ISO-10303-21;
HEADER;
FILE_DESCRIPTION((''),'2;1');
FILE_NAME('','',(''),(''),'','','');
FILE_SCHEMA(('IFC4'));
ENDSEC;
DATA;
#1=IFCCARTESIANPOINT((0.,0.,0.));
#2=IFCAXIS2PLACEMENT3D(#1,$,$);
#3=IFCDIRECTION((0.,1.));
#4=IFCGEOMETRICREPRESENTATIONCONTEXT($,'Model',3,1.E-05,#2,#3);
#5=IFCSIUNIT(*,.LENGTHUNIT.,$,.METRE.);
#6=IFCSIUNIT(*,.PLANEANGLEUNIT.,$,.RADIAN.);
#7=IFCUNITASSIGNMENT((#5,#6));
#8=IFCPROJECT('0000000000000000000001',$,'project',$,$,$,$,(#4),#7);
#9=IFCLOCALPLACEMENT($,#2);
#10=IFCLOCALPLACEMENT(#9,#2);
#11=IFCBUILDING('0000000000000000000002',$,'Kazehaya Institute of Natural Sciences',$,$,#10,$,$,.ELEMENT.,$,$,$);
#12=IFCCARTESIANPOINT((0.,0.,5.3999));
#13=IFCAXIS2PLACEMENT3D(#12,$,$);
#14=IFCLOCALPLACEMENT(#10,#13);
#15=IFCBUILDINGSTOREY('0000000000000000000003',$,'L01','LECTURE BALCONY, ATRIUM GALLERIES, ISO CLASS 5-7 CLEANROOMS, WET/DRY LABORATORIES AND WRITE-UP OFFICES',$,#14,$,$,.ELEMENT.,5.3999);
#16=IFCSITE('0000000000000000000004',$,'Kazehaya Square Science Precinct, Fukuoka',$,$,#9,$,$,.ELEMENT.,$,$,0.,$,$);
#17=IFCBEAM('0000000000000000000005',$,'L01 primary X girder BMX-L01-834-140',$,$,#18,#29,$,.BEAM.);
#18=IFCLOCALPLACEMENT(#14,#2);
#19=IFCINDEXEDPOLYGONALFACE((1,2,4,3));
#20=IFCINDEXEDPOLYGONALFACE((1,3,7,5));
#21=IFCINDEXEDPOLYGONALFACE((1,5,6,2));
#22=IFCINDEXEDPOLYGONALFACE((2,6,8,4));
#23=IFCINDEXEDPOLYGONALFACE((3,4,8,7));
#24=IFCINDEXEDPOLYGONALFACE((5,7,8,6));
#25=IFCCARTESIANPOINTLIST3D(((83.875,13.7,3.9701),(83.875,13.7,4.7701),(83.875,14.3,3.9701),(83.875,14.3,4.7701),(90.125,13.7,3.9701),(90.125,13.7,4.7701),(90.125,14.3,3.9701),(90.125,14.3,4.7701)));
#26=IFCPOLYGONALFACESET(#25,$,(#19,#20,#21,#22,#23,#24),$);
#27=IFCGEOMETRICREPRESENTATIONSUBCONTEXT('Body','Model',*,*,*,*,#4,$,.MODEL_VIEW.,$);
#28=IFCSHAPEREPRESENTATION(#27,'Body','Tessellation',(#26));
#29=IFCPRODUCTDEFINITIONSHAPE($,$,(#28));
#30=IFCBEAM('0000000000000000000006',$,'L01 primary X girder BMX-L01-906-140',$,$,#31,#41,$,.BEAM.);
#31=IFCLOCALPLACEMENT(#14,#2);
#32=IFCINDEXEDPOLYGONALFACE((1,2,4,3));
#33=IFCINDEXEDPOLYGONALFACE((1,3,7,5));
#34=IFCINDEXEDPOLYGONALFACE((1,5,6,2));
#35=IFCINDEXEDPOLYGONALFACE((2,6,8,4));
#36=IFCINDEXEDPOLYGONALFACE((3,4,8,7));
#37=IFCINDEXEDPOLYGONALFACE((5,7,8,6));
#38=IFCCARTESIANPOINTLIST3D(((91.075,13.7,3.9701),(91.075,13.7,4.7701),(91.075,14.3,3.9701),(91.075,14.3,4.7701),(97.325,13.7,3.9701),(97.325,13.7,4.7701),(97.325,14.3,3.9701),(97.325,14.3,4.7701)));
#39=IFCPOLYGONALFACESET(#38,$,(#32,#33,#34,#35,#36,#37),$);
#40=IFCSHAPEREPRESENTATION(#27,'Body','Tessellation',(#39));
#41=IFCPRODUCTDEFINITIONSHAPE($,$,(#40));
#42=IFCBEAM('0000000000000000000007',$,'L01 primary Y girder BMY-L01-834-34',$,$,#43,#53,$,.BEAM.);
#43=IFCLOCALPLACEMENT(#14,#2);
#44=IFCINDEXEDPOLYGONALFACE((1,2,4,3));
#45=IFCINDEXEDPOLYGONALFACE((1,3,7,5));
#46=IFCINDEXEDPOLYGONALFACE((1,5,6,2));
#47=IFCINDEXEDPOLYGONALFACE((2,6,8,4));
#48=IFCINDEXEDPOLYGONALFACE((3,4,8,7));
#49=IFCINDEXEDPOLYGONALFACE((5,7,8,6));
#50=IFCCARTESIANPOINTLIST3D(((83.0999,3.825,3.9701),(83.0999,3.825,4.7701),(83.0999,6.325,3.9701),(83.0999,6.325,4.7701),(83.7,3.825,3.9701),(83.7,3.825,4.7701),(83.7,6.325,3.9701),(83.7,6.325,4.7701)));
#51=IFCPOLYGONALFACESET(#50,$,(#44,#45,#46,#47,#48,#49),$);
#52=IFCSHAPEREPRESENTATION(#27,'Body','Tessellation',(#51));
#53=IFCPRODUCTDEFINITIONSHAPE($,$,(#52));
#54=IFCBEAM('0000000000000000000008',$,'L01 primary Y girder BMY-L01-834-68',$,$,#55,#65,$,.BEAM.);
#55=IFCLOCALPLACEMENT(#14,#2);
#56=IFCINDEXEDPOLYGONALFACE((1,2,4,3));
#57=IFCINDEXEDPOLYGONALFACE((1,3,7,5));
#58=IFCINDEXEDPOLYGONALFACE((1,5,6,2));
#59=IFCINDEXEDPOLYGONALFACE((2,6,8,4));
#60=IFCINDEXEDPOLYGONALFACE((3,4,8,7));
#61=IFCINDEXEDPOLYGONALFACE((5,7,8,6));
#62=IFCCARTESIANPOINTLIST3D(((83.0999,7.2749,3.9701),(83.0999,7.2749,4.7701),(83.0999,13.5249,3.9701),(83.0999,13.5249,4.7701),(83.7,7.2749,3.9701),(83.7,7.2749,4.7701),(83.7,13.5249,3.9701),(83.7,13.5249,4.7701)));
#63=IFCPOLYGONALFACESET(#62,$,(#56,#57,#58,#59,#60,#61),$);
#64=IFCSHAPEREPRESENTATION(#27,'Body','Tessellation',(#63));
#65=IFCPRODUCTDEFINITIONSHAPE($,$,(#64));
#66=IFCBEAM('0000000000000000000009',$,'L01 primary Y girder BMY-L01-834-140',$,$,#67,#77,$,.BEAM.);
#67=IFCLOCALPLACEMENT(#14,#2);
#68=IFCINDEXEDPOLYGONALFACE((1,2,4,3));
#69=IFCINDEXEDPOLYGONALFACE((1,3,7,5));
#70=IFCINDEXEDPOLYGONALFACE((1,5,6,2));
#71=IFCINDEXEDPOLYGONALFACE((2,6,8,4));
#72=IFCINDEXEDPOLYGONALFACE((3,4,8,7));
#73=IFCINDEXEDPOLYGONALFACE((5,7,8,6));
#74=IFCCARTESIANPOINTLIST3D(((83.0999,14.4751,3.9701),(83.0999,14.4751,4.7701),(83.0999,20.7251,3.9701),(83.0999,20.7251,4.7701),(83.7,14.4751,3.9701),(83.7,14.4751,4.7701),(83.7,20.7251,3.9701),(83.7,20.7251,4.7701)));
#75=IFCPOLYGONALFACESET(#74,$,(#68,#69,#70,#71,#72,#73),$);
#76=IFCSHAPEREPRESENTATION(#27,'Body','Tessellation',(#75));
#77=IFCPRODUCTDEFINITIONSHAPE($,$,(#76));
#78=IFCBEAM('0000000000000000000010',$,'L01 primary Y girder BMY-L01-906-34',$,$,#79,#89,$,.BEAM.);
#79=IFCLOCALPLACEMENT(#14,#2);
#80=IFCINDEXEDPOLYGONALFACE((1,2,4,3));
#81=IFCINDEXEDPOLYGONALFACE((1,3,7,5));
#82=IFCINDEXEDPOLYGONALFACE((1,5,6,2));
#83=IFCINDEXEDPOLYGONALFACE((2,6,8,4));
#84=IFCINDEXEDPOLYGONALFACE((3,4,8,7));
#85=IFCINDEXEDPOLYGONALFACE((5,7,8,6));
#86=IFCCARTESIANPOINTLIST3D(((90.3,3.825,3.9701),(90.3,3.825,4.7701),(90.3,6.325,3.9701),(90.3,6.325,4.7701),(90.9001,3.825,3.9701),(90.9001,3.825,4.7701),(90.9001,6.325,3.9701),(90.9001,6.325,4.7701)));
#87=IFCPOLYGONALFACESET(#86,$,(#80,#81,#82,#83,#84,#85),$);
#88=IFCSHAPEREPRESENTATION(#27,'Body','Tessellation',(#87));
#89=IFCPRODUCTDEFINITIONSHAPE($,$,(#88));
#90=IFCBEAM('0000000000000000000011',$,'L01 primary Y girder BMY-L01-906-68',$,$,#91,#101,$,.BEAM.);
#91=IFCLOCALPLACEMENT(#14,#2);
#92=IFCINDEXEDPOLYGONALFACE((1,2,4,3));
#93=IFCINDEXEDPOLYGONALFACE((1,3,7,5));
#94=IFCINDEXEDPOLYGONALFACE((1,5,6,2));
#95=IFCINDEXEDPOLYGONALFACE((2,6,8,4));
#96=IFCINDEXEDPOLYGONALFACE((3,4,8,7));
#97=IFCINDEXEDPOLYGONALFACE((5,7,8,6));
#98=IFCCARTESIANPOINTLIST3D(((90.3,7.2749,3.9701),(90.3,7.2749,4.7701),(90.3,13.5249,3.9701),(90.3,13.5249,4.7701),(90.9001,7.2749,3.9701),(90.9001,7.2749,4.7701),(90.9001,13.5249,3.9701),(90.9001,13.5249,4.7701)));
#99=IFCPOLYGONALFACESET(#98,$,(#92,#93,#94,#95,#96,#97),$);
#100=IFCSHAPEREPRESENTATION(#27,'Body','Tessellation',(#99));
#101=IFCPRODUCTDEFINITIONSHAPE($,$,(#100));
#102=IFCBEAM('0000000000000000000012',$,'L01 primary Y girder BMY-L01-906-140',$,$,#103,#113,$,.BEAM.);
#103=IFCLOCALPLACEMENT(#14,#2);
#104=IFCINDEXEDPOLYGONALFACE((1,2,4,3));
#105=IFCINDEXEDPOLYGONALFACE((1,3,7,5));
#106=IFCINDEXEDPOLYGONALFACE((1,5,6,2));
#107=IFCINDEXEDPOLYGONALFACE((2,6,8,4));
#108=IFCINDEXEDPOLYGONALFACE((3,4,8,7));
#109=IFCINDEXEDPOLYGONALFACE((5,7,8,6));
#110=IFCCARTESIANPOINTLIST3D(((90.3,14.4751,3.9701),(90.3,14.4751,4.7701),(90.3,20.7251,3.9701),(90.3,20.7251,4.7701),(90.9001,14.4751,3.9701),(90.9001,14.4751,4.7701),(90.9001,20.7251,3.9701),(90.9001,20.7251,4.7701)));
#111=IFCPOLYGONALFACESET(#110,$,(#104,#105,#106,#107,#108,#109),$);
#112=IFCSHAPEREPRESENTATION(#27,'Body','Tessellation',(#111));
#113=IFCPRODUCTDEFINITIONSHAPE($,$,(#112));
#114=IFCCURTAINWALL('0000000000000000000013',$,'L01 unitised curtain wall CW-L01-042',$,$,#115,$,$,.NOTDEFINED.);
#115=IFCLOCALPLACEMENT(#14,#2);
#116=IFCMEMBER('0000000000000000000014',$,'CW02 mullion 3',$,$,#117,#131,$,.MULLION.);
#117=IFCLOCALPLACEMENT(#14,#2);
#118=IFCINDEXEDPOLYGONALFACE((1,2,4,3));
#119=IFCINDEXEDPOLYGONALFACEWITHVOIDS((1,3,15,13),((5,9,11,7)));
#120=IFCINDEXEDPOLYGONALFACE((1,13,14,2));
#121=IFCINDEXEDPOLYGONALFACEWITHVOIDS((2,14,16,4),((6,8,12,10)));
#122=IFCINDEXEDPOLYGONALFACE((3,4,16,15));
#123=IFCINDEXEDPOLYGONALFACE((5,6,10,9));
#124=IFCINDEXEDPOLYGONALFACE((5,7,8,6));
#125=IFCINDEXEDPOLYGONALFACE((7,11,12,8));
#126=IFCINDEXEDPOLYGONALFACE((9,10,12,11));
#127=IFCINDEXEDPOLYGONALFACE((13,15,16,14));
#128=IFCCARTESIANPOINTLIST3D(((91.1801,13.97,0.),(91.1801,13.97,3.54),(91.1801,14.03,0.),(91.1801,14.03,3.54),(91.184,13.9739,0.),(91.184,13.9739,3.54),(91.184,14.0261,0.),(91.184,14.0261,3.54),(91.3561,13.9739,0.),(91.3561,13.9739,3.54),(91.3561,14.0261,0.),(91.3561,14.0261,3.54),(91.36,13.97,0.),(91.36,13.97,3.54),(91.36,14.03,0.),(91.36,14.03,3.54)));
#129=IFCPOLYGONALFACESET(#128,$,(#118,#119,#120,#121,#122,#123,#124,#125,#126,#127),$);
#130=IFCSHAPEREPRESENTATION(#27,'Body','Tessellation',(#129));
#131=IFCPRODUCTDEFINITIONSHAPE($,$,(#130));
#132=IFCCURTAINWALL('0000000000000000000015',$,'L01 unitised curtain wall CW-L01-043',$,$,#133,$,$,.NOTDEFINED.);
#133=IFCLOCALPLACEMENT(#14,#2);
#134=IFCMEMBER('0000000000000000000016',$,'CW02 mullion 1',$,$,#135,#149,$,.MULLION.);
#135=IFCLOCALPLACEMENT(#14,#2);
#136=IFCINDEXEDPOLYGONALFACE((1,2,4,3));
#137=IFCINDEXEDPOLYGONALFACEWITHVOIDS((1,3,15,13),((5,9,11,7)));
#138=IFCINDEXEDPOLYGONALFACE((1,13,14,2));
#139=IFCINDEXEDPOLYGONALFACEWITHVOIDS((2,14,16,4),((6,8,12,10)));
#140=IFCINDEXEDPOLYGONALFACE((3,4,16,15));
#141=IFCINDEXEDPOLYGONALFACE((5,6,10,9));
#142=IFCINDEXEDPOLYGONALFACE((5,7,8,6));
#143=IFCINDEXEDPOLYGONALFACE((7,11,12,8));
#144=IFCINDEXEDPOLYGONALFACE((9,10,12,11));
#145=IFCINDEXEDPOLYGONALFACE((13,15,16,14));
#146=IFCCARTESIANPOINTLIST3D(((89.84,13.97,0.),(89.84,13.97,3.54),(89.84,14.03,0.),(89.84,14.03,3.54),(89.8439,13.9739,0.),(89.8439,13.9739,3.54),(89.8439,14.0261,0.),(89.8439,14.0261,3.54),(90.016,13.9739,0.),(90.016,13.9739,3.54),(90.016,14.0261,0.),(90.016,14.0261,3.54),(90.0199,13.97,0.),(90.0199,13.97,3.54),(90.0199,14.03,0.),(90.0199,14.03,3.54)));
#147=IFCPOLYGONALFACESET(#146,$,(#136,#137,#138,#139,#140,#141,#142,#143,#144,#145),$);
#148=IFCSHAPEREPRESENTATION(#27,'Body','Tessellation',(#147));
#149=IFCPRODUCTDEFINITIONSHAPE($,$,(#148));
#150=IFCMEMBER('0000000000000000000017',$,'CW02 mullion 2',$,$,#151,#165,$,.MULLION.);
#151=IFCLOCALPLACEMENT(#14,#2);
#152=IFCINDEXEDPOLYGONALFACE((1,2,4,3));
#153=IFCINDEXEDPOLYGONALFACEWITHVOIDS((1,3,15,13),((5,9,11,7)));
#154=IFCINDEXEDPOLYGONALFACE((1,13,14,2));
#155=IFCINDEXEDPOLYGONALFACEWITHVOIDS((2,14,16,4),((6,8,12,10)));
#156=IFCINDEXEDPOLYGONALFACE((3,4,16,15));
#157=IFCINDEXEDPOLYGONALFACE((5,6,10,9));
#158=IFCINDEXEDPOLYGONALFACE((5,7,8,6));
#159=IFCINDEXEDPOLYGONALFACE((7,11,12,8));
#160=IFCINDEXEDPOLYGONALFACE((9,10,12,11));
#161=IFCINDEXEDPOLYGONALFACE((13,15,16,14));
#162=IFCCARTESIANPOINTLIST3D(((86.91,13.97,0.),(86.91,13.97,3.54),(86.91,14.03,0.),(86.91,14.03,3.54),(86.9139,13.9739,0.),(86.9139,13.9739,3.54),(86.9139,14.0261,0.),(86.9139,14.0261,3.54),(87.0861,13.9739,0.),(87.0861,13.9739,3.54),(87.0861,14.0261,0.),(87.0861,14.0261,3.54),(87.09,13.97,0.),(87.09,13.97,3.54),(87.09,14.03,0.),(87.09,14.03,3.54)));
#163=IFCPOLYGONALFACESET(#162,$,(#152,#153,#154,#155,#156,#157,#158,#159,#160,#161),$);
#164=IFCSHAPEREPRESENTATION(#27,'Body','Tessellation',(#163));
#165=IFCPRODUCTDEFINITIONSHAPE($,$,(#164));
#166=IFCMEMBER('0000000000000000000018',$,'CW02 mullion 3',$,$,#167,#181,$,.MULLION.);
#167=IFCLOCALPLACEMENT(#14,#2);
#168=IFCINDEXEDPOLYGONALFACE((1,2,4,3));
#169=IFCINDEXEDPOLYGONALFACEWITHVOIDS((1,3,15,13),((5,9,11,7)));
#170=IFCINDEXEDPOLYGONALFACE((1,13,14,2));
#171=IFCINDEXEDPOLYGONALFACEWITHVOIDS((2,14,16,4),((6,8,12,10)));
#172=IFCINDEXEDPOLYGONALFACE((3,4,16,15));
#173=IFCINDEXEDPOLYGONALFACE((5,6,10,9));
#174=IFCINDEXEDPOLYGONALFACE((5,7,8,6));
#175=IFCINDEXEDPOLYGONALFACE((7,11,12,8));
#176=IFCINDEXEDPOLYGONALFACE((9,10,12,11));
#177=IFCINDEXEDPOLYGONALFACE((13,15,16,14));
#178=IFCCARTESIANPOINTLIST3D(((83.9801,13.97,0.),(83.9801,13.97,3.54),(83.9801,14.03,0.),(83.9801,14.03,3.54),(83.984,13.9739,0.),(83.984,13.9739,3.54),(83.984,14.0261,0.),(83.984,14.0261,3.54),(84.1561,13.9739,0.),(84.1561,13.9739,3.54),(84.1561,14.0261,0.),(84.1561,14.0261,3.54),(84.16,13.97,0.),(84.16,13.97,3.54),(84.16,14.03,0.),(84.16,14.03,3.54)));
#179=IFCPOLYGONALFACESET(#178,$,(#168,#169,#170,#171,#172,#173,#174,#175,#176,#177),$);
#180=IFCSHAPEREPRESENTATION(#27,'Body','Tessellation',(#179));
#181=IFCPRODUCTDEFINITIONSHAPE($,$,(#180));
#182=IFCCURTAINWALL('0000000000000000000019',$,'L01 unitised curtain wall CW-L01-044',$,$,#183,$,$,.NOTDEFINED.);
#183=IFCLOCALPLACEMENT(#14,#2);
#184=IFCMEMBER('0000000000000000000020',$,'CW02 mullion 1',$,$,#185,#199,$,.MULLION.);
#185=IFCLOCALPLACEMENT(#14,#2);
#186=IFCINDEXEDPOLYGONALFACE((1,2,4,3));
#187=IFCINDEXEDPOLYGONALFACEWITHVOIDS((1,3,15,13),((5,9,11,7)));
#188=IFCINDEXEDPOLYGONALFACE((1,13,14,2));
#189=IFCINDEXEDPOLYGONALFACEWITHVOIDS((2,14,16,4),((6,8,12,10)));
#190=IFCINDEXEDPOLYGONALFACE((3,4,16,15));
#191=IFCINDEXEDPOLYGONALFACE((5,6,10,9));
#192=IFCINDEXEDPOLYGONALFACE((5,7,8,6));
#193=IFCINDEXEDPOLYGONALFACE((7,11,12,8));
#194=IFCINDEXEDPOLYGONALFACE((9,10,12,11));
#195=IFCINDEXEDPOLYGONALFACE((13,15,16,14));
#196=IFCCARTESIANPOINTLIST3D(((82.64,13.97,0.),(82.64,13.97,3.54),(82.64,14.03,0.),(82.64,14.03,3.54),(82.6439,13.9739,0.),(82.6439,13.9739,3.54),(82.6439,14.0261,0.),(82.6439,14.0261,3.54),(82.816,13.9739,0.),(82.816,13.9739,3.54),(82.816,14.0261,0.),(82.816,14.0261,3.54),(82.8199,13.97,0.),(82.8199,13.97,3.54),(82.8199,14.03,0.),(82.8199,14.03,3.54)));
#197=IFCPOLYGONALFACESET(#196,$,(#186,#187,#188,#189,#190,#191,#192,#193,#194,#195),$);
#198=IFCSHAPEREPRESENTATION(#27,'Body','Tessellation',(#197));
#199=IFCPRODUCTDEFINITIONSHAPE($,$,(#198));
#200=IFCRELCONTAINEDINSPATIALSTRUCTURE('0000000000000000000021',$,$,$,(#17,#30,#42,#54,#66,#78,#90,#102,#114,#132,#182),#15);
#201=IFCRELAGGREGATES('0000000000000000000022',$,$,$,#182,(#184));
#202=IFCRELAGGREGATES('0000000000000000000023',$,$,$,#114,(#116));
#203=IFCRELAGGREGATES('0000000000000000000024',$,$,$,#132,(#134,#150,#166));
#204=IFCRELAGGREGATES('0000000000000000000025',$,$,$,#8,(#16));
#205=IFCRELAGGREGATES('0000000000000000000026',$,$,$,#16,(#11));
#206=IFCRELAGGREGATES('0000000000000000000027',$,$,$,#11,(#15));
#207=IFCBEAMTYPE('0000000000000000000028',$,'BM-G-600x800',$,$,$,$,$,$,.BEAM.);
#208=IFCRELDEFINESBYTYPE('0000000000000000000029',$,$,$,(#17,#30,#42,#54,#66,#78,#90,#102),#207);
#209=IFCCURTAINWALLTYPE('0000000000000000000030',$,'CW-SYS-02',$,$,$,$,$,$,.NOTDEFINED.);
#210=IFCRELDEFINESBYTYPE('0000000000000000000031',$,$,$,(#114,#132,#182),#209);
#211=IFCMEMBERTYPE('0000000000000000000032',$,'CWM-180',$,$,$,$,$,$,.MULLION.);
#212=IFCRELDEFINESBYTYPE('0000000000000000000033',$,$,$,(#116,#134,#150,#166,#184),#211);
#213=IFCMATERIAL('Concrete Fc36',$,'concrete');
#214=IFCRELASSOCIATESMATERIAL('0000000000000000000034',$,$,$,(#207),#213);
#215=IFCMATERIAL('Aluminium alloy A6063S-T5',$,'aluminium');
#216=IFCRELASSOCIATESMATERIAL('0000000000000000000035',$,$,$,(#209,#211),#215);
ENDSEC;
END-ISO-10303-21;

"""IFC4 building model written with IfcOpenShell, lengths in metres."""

from ifc_helpers import new_model, si_unit, direction, frame, origin, origin_2d, place, context, subcontext, project, spatial, rectangle, hollow_rectangle, extrude, material, material_profile, profile_set, type_object, element, aggregate, save


model = new_model("IFC4")

# Units and contexts
model_context = context("Model", 3, precision=1e-05, world=origin(), true_north=direction((0.0, 1.0)))
body_context = subcontext(model_context, "Body", "Model", "MODEL_VIEW")
ifc_project = project(units=[si_unit("LENGTHUNIT", "METRE"), si_unit("PLANEANGLEUNIT", "RADIAN")], contexts=[model_context])

# Site, building, storey
site_placement = place(None, origin())
site = spatial("IfcSite", under=ifc_project, at=site_placement, Name="Kazehaya Square Science Precinct, Fukuoka", CompositionType="ELEMENT", RefElevation=0.0)
building_placement = place(site_placement, origin())
building = spatial("IfcBuilding", under=site, at=building_placement, Name="Kazehaya Institute of Natural Sciences", CompositionType="ELEMENT")
storey_placement = place(building_placement, frame((0.0, 0.0, 5.3999)))
storey = spatial("IfcBuildingStorey", under=building, at=storey_placement, Name="L01", Description="LECTURE BALCONY, ATRIUM GALLERIES, ISO CLASS 5-7 CLEANROOMS, WET/DRY LABORATORIES AND WRITE-UP OFFICES", CompositionType="ELEMENT", Elevation=5.3999)

# Shared definitions
ifc_material_1 = material(Name="Concrete Fc36", Category="concrete")

# Beams
ifc_material_profile_1 = material_profile(ifc_material_1, rectangle(XDim=0.6001, YDim=0.8, at=origin_2d()), Name="RC-600x800")
ifc_profile_set_1 = profile_set([ifc_material_profile_1], Name="Concrete Fc36")
beam_type = type_object("IfcBeamType", Name="BM-G-600x800", PredefinedType="BEAM", material=ifc_profile_set_1)
for number, where, z_axis, x_axis, name in (
    (1, (83.875, 14.0, 4.3701), (1.0, 0.0, 0.0), (0.0, 1.0, 0.0), "L01 primary X girder BMX-L01-834-140"),
    (2, (91.075, 14.0, 4.3701), (1.0, 0.0, 0.0), (0.0, 1.0, 0.0), "L01 primary X girder BMX-L01-906-140"),
):
    element("IfcBeam", number, at=place(storey_placement, frame(where, z_axis=z_axis, x_axis=x_axis)), inside=storey, type_object=beam_type, Name=name, PredefinedType="BEAM", context=body_context, shape_type="SweptSolid", body=[
        extrude(rectangle(XDim=0.6001, YDim=0.8, at=origin_2d()), origin(), (0.0, 0.0, 1.0), 6.25),
    ])
beam_1_placement = place(storey_placement, frame((83.3999, 3.825, 4.3701), z_axis=(0.0, 1.0, 0.0), x_axis=(-1.0, 0.0, 0.0)))
element("IfcBeam", 3, at=beam_1_placement, inside=storey, type_object=beam_type, Name="L01 primary Y girder BMY-L01-834-34", PredefinedType="BEAM", context=body_context, shape_type="SweptSolid", body=[
    extrude(rectangle(XDim=0.6001, YDim=0.8, at=origin_2d()), origin(), (0.0, 0.0, 1.0), 2.5),
])
for number, where, z_axis, x_axis, name in (
    (4, (83.3999, 7.2749, 4.3701), (0.0, 1.0, 0.0), (-1.0, 0.0, 0.0), "L01 primary Y girder BMY-L01-834-68"),
    (5, (83.3999, 14.4751, 4.3701), (0.0, 1.0, 0.0), (-1.0, 0.0, 0.0), "L01 primary Y girder BMY-L01-834-140"),
):
    element("IfcBeam", number, at=place(storey_placement, frame(where, z_axis=z_axis, x_axis=x_axis)), inside=storey, type_object=beam_type, Name=name, PredefinedType="BEAM", context=body_context, shape_type="SweptSolid", body=[
        extrude(rectangle(XDim=0.6001, YDim=0.8, at=origin_2d()), origin(), (0.0, 0.0, 1.0), 6.25),
    ])
beam_2_placement = place(storey_placement, frame((90.6001, 3.825, 4.3701), z_axis=(0.0, 1.0, 0.0), x_axis=(-1.0, 0.0, 0.0)))
element("IfcBeam", 6, at=beam_2_placement, inside=storey, type_object=beam_type, Name="L01 primary Y girder BMY-L01-906-34", PredefinedType="BEAM", context=body_context, shape_type="SweptSolid", body=[
    extrude(rectangle(XDim=0.6001, YDim=0.8, at=origin_2d()), origin(), (0.0, 0.0, 1.0), 2.5),
])
for number, where, z_axis, x_axis, name in (
    (7, (90.6001, 7.2749, 4.3701), (0.0, 1.0, 0.0), (-1.0, 0.0, 0.0), "L01 primary Y girder BMY-L01-906-68"),
    (8, (90.6001, 14.4751, 4.3701), (0.0, 1.0, 0.0), (-1.0, 0.0, 0.0), "L01 primary Y girder BMY-L01-906-140"),
):
    element("IfcBeam", number, at=place(storey_placement, frame(where, z_axis=z_axis, x_axis=x_axis)), inside=storey, type_object=beam_type, Name=name, PredefinedType="BEAM", context=body_context, shape_type="SweptSolid", body=[
        extrude(rectangle(XDim=0.6001, YDim=0.8, at=origin_2d()), origin(), (0.0, 0.0, 1.0), 6.25),
    ])

# Curtain wall, member
ifc_material_2 = material(Name="Aluminium alloy A6063S-T5", Category="aluminium")
curtain_wall_type = type_object("IfcCurtainWallType", Name="CW-SYS-02", PredefinedType="NOTDEFINED", material=ifc_material_2)
curtain_wall_1_placement = place(storey_placement, origin())
curtain_wall_1 = element("IfcCurtainWall", 9, at=curtain_wall_1_placement, inside=storey, type_object=curtain_wall_type, Name="L01 unitised curtain wall CW-L01-042", PredefinedType="NOTDEFINED")
ifc_material_profile_2 = material_profile(ifc_material_2, hollow_rectangle(XDim=0.0601, YDim=0.1799, WallThickness=0.0039, at=origin_2d()), Name="ALU-60x180x4")
ifc_profile_set_2 = profile_set([ifc_material_profile_2], Name="Aluminium alloy A6063S-T5")
member_type_1 = type_object("IfcMemberType", Name="CWM-180", PredefinedType="MULLION", material=ifc_profile_set_2)
member_1_placement = place(storey_placement, frame((91.27, 14.0, 0.0), z_axis=(0.0, 0.0, 1.0), x_axis=(0.0, -1.0, 0.0)))
member_1 = element("IfcMember", 10, at=member_1_placement, type_object=member_type_1, Name="CW02 mullion 3", PredefinedType="MULLION", context=body_context, shape_type="SweptSolid", body=[
    extrude(hollow_rectangle(XDim=0.0601, YDim=0.1799, WallThickness=0.0039, at=origin_2d()), origin(), (0.0, 0.0, 1.0), 3.54),
])

# Curtain wall, members
curtain_wall_2_placement = place(storey_placement, origin())
curtain_wall_2 = element("IfcCurtainWall", 11, at=curtain_wall_2_placement, inside=storey, type_object=curtain_wall_type, Name="L01 unitised curtain wall CW-L01-043", PredefinedType="NOTDEFINED")
member_2_placement = place(storey_placement, frame((89.9299, 14.0, 0.0), z_axis=(0.0, 0.0, 1.0), x_axis=(0.0, -1.0, 0.0)))
member_2 = element("IfcMember", 12, at=member_2_placement, type_object=member_type_1, Name="CW02 mullion 1", PredefinedType="MULLION", context=body_context, shape_type="SweptSolid", body=[
    extrude(hollow_rectangle(XDim=0.0601, YDim=0.1799, WallThickness=0.0039, at=origin_2d()), origin(), (0.0, 0.0, 1.0), 3.54),
])
member_3_placement = place(storey_placement, frame((87.0, 14.0, 0.0), z_axis=(0.0, 0.0, 1.0), x_axis=(0.0, -1.0, 0.0)))
member_3 = element("IfcMember", 13, at=member_3_placement, type_object=member_type_1, Name="CW02 mullion 2", PredefinedType="MULLION", context=body_context, shape_type="SweptSolid", body=[
    extrude(hollow_rectangle(XDim=0.0601, YDim=0.1799, WallThickness=0.0039, at=origin_2d()), origin(), (0.0, 0.0, 1.0), 3.54),
])
member_4_placement = place(storey_placement, frame((84.0701, 14.0, 0.0), z_axis=(0.0, 0.0, 1.0), x_axis=(0.0, -1.0, 0.0)))
member_4 = element("IfcMember", 14, at=member_4_placement, type_object=member_type_1, Name="CW02 mullion 3", PredefinedType="MULLION", context=body_context, shape_type="SweptSolid", body=[
    extrude(hollow_rectangle(XDim=0.0601, YDim=0.1799, WallThickness=0.0039, at=origin_2d()), origin(), (0.0, 0.0, 1.0), 3.54),
])

# Curtain wall, member
curtain_wall_3_placement = place(storey_placement, origin())
curtain_wall_3 = element("IfcCurtainWall", 15, at=curtain_wall_3_placement, inside=storey, type_object=curtain_wall_type, Name="L01 unitised curtain wall CW-L01-044", PredefinedType="NOTDEFINED")
member_5_placement = place(storey_placement, frame((82.73, 14.0, 0.0), z_axis=(0.0, 0.0, 1.0), x_axis=(0.0, -1.0, 0.0)))
member_5 = element("IfcMember", 16, at=member_5_placement, type_object=member_type_1, Name="CW02 mullion 1", PredefinedType="MULLION", context=body_context, shape_type="SweptSolid", body=[
    extrude(hollow_rectangle(XDim=0.0601, YDim=0.1799, WallThickness=0.0039, at=origin_2d()), origin(), (0.0, 0.0, 1.0), 3.54),
])
aggregate(curtain_wall_3, [member_5])

aggregate(curtain_wall_1, [member_1])
aggregate(curtain_wall_2, [member_2, member_3, member_4])

save(model, "model.ifc")
